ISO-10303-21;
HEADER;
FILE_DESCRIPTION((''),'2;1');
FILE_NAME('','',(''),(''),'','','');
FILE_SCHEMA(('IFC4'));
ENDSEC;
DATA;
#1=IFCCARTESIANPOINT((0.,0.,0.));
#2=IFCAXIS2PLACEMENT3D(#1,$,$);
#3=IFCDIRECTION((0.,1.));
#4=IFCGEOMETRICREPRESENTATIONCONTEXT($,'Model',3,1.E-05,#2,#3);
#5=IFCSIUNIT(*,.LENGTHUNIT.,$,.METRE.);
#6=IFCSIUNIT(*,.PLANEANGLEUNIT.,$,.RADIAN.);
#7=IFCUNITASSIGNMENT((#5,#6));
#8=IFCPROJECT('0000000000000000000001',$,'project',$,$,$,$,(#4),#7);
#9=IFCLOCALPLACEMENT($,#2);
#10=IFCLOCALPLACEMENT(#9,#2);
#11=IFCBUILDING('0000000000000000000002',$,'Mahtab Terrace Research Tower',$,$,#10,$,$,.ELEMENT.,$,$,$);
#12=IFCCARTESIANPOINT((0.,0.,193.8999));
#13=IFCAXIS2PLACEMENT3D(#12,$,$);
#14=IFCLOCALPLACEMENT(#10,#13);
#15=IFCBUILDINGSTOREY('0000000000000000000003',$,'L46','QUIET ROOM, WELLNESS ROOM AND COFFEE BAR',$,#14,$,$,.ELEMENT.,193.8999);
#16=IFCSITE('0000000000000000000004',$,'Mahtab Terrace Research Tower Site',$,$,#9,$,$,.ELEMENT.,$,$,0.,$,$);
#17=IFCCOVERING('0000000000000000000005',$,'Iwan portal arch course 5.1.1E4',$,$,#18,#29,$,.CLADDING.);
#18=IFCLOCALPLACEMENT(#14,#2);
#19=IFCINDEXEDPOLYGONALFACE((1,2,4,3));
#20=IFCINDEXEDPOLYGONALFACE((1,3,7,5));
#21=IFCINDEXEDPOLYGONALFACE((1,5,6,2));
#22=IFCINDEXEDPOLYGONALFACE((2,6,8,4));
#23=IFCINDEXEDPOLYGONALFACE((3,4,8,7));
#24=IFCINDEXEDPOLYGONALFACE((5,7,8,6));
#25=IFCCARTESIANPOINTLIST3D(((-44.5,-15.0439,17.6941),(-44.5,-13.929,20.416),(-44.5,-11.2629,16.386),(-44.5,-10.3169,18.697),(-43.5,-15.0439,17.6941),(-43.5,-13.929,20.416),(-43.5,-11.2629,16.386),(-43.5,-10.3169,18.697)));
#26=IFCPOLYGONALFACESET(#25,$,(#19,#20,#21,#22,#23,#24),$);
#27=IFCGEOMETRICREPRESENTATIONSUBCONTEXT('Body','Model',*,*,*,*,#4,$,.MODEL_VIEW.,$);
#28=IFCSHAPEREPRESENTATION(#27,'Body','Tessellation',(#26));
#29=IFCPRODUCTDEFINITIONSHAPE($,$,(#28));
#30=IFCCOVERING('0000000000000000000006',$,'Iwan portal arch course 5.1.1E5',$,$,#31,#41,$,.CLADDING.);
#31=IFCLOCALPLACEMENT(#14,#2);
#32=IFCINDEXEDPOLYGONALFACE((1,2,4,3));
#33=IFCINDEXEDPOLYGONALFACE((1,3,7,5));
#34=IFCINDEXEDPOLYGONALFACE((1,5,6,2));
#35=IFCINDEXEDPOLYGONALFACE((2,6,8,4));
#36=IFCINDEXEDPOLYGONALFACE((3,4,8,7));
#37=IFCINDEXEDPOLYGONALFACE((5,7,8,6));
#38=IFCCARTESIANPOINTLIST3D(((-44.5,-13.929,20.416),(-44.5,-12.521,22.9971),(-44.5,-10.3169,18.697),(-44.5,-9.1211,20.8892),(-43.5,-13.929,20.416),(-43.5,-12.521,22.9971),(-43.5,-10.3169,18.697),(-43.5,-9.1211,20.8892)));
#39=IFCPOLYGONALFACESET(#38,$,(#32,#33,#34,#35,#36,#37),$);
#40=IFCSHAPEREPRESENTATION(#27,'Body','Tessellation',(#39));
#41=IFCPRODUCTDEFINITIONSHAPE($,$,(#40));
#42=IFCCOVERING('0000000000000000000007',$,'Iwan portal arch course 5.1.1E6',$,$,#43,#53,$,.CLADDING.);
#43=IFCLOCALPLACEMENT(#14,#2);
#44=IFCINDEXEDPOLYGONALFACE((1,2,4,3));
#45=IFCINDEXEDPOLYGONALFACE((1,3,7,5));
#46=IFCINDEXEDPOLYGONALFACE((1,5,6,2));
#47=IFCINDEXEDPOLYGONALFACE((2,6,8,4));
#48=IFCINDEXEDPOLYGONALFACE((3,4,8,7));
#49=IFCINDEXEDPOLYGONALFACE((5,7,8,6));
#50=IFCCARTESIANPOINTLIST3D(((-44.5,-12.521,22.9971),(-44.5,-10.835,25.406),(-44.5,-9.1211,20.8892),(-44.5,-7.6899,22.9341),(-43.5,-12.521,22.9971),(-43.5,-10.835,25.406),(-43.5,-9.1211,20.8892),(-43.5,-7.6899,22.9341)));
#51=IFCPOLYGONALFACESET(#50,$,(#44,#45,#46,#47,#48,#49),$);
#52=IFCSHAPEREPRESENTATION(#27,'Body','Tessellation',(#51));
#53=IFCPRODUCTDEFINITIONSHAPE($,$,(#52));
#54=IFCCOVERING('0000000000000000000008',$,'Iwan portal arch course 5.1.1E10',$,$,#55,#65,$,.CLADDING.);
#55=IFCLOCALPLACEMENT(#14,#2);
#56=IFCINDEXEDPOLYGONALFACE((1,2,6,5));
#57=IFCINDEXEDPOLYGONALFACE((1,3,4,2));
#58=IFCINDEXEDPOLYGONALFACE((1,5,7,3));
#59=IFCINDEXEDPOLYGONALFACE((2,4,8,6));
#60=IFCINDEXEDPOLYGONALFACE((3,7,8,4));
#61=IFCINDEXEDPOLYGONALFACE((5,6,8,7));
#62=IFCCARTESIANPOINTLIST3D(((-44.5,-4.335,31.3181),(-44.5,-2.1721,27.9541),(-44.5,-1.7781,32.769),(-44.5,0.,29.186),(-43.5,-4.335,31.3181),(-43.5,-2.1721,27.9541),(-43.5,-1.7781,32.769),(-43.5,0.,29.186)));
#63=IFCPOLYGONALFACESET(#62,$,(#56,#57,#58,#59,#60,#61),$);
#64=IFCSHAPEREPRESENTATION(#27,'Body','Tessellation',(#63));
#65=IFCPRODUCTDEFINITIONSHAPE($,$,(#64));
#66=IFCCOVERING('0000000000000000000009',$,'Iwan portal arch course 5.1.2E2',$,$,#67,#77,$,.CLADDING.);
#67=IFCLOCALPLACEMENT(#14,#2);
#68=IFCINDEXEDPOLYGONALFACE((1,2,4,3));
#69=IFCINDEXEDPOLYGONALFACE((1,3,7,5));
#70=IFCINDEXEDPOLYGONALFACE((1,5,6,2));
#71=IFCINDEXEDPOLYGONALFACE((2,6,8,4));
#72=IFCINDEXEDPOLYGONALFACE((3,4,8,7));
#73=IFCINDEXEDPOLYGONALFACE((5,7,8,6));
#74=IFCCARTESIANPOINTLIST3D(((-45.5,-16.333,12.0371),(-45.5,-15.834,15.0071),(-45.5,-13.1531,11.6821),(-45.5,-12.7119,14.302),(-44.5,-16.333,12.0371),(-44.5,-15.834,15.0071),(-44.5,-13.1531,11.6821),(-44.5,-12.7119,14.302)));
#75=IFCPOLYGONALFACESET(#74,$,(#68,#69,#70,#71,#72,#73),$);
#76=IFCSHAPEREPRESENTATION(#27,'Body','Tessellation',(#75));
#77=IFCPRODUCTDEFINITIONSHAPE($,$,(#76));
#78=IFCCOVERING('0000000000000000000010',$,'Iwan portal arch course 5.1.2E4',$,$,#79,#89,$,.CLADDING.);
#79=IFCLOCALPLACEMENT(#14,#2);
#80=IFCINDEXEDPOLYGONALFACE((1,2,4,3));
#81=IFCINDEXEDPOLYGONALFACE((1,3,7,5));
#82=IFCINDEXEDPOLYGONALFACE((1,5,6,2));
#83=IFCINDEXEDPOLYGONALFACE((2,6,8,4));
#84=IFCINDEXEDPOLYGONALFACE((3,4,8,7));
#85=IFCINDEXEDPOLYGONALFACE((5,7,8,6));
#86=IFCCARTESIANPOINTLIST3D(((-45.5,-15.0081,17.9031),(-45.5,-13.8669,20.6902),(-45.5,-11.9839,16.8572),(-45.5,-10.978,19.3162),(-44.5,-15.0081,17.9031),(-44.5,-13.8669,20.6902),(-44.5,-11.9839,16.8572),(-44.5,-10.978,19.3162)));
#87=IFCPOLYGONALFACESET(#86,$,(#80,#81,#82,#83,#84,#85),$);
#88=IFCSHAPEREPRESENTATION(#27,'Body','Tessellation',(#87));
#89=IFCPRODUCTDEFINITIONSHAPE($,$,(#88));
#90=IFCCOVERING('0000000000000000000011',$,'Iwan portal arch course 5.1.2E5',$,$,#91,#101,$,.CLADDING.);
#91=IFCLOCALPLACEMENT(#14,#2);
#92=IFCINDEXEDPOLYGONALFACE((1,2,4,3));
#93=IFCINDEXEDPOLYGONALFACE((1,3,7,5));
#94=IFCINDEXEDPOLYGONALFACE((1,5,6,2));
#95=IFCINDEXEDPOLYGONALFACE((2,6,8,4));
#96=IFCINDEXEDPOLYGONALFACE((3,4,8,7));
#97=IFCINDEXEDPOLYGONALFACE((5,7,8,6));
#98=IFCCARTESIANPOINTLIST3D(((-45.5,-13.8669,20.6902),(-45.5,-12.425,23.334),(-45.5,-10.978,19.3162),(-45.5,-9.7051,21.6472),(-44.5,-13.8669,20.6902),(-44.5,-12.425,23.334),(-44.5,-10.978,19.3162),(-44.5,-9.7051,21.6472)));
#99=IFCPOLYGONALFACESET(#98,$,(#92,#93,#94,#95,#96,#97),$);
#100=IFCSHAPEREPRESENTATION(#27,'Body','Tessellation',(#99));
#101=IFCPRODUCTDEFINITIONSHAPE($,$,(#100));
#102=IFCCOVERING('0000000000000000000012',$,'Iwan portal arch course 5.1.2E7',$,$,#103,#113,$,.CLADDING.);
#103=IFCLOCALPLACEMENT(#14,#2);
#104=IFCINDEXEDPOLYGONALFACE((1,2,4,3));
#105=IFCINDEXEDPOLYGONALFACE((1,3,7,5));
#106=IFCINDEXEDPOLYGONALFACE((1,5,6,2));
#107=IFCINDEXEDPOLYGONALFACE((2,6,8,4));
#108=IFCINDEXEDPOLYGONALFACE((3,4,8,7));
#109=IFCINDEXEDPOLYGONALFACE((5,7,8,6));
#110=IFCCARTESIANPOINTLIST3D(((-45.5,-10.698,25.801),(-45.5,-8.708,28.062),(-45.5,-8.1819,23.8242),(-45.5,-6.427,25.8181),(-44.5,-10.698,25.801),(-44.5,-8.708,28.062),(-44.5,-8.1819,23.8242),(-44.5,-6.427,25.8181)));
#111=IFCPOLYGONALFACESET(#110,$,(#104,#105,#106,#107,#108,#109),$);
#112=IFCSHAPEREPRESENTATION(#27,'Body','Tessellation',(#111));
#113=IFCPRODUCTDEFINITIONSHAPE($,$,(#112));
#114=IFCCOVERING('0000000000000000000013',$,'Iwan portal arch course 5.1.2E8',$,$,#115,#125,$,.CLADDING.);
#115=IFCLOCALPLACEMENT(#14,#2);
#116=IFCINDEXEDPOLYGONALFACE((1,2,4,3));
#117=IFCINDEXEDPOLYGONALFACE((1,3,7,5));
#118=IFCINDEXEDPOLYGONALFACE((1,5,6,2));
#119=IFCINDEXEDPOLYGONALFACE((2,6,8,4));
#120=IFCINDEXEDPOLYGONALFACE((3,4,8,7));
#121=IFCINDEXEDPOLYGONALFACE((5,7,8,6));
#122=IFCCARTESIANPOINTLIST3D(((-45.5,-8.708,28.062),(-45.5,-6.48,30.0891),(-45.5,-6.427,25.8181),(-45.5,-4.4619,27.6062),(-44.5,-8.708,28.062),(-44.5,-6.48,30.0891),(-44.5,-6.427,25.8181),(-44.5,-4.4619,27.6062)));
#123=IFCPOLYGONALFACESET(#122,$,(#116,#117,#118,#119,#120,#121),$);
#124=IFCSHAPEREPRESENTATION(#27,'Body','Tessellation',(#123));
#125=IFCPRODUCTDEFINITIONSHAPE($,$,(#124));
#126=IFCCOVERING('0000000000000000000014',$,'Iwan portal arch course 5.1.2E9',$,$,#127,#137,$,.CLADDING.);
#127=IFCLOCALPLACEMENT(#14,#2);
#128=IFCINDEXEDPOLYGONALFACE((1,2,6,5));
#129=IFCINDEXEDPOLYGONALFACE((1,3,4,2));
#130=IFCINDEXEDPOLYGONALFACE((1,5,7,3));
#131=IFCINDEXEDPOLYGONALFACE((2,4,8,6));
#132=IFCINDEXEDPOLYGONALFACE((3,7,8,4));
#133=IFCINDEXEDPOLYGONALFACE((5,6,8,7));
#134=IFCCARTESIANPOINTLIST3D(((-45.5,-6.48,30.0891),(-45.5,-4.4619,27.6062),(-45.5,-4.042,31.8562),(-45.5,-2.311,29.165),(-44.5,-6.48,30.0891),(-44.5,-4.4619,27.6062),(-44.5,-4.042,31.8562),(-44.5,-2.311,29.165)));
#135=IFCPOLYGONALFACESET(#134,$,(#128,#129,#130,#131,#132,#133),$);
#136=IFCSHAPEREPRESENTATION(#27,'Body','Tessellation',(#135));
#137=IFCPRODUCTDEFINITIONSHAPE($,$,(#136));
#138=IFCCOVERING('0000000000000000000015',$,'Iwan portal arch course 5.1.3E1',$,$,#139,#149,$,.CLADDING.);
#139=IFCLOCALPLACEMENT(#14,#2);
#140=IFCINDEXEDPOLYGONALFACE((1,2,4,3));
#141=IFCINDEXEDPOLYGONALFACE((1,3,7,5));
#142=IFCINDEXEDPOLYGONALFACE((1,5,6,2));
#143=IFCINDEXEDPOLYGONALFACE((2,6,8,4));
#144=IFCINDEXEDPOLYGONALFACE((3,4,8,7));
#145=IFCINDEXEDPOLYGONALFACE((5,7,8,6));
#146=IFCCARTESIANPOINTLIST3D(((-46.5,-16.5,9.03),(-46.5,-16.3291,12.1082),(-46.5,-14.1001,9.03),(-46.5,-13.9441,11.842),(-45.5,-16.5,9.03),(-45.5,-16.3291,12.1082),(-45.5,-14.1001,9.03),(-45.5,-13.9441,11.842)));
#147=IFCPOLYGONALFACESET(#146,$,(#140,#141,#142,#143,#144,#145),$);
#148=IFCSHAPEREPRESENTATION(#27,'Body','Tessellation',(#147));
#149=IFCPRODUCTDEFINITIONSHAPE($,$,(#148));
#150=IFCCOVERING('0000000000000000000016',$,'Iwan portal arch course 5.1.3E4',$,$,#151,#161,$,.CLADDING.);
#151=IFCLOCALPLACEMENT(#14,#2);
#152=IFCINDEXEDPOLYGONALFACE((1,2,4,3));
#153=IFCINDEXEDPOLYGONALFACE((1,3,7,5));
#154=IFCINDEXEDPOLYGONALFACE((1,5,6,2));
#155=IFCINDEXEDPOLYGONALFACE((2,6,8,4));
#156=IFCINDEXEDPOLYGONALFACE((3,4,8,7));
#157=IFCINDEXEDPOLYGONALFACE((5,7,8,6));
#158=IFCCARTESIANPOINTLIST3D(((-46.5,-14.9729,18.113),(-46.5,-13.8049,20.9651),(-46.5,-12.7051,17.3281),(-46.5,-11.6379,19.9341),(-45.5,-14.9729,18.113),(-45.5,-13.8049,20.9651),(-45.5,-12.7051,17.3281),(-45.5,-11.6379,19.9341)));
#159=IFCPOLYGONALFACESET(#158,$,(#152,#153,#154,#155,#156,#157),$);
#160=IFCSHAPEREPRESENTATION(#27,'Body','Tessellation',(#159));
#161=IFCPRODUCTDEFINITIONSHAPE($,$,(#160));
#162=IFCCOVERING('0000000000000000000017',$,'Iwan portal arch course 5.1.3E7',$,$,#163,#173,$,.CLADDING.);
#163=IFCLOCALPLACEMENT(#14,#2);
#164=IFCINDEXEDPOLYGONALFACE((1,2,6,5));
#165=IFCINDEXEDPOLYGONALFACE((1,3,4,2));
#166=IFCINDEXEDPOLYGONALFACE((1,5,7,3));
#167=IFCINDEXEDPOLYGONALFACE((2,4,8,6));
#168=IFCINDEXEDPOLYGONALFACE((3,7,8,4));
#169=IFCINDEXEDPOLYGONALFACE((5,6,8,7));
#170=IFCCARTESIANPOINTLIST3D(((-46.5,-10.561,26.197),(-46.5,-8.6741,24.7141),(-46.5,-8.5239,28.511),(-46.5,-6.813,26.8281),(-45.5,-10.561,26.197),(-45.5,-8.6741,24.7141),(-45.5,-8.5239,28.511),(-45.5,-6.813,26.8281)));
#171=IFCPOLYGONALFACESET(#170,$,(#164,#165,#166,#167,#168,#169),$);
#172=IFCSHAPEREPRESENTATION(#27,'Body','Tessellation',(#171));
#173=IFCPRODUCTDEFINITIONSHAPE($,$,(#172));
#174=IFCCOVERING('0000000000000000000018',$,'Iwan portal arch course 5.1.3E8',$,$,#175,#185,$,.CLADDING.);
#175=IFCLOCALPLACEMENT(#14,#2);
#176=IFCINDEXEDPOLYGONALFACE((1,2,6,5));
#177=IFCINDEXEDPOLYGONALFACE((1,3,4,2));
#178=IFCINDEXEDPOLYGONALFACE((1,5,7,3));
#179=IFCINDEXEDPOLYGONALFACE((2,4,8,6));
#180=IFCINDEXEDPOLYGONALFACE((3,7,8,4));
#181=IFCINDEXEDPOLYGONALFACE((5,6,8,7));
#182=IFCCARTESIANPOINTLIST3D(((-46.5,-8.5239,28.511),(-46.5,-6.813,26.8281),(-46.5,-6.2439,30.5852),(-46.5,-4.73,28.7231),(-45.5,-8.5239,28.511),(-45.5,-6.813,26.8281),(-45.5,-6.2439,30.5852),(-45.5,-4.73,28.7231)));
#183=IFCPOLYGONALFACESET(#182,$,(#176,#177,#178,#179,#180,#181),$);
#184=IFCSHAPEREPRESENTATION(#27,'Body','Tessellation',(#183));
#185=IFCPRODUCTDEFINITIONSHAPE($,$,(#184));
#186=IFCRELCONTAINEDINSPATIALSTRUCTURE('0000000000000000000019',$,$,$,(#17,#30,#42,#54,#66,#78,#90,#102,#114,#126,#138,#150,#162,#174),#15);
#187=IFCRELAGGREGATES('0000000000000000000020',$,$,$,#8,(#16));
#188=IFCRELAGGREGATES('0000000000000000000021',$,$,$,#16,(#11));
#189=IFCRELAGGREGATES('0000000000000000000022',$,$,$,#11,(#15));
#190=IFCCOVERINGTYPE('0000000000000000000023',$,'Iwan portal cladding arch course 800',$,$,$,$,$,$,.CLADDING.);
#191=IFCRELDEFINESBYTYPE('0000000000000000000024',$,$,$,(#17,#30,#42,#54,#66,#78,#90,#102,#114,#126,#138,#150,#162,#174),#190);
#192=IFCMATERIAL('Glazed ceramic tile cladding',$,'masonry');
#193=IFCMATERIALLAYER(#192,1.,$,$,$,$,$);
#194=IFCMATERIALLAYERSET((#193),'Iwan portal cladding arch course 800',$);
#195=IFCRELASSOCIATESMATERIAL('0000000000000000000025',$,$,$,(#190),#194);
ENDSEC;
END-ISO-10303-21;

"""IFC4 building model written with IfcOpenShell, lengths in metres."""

from ifc_helpers import new_model, si_unit, direction, frame, origin, place, context, subcontext, project, spatial, polyline, outline, extrude, material, layer, layer_set, type_object, element, save


model = new_model("IFC4")

# Units and contexts
model_context = context("Model", 3, precision=1e-05, world=origin(), true_north=direction((0.0, 1.0)))
body_context = subcontext(model_context, "Body", "Model", "MODEL_VIEW")
ifc_project = project(units=[si_unit("LENGTHUNIT", "METRE"), si_unit("PLANEANGLEUNIT", "RADIAN")], contexts=[model_context])

# Site, building, storey
site_placement = place(None, origin())
site = spatial("IfcSite", under=ifc_project, at=site_placement, Name="Mahtab Terrace Research Tower Site", CompositionType="ELEMENT", RefElevation=0.0)
building_placement = place(site_placement, origin())
building = spatial("IfcBuilding", under=site, at=building_placement, Name="Mahtab Terrace Research Tower", CompositionType="ELEMENT")
storey_placement = place(building_placement, frame((0.0, 0.0, 193.8999)))
storey = spatial("IfcBuildingStorey", under=building, at=storey_placement, Name="L46", Description="QUIET ROOM, WELLNESS ROOM AND COFFEE BAR", CompositionType="ELEMENT", Elevation=193.8999)

# Coverings
ifc_material_1 = material(Name="Glazed ceramic tile cladding", Category="masonry")
ifc_layer_1 = layer(ifc_material_1, 1.0)
ifc_layer_set_1 = layer_set([ifc_layer_1], Name="Iwan portal cladding arch course 800")
covering_type_1 = type_object("IfcCoveringType", Name="Iwan portal cladding arch course 800", PredefinedType="CLADDING", material=ifc_layer_set_1)
covering_1_placement = place(storey_placement, frame((-43.5, -11.2629, 16.386), z_axis=(1.0, 0.0, 0.0), x_axis=(0.0, 0.378846, 0.92546)))
element("IfcCovering", 1, at=covering_1_placement, inside=storey, type_object=covering_type_1, Name="Iwan portal arch course 5.1.1E4", PredefinedType="CLADDING", context=body_context, shape_type="SweptSolid", body=[
    extrude(outline(polyline([(0.0, 0.0), (2.4972, 0.0), (2.7196, 3.9941), (-0.2218, 3.9947), (0.0, 0.0)])), origin(), (0.0, 0.0, -1.0), 1.0),
])
covering_2_placement = place(storey_placement, frame((-43.5, -10.3169, 18.697), z_axis=(1.0, 0.0, 0.0), x_axis=(0.0, 0.47888, 0.877881)))
element("IfcCovering", 2, at=covering_2_placement, inside=storey, type_object=covering_type_1, Name="Iwan portal arch course 5.1.1E5", PredefinedType="CLADDING", context=body_context, shape_type="SweptSolid", body=[
    extrude(outline(polyline([(0.0, 0.0), (2.4971, 0.0), (2.7194, 3.9941), (-0.2207, 3.9941), (0.0, 0.0)])), origin(), (0.0, 0.0, -1.0), 1.0),
])
covering_3_placement = place(storey_placement, frame((-43.5, -9.1211, 20.8892), z_axis=(1.0, 0.0, 0.0), x_axis=(0.0, 0.573384, 0.819287)))
element("IfcCovering", 3, at=covering_3_placement, inside=storey, type_object=covering_type_1, Name="Iwan portal arch course 5.1.1E6", PredefinedType="CLADDING", context=body_context, shape_type="SweptSolid", body=[
    extrude(outline(polyline([(0.0, 0.0), (2.496, 0.0), (2.7179, 3.994), (-0.2225, 3.9941), (0.0, 0.0)])), origin(), (0.0, 0.0, -1.0), 1.0),
])
covering_4_placement = place(storey_placement, frame((-43.5, -2.1721, 27.9541), z_axis=(1.0, 0.0, 0.0), x_axis=(0.0, 0.869839, 0.493336)))
element("IfcCovering", 4, at=covering_4_placement, inside=storey, type_object=covering_type_1, Name="Iwan portal arch course 5.1.1E10", PredefinedType="CLADDING", context=body_context, shape_type="SweptSolid", body=[
    extrude(outline(polyline([(0.0, 0.0), (2.4972, 0.0), (2.7181, 3.9938), (-0.2217, 3.9932), (0.0, 0.0)])), origin(), (0.0, 0.0, -1.0), 1.0),
])
covering_5_placement = place(storey_placement, frame((-44.5, -13.1531, 11.6821), z_axis=(1.0, 0.0, 0.0), x_axis=(0.0, 0.166053, 0.986117)))
element("IfcCovering", 5, at=covering_5_placement, inside=storey, type_object=covering_type_1, Name="Iwan portal arch course 5.1.2E2", PredefinedType="CLADDING", context=body_context, shape_type="SweptSolid", body=[
    extrude(outline(polyline([(0.0, 0.0), (2.6568, 0.0), (2.8336, 3.1958), (-0.178, 3.1947), (0.0, 0.0)])), origin(), (0.0, 0.0, -1.0), 1.0),
])
covering_6_placement = place(storey_placement, frame((-44.5, -11.9839, 16.8572), z_axis=(1.0, 0.0, 0.0), x_axis=(0.0, 0.378604, 0.925559)))
element("IfcCovering", 6, at=covering_6_placement, inside=storey, type_object=covering_type_1, Name="Iwan portal arch course 5.1.2E4", PredefinedType="CLADDING", context=body_context, shape_type="SweptSolid", body=[
    extrude(outline(polyline([(0.0, 0.0), (2.6568, 0.0), (2.8347, 3.1941), (-0.1769, 3.195), (0.0, 0.0)])), origin(), (0.0, 0.0, -1.0), 1.0),
])
covering_7_placement = place(storey_placement, frame((-44.5, -10.978, 19.3162), z_axis=(1.0, 0.0, 0.0), x_axis=(0.0, 0.479277, 0.877664)))
element("IfcCovering", 7, at=covering_7_placement, inside=storey, type_object=covering_type_1, Name="Iwan portal arch course 5.1.2E5", PredefinedType="CLADDING", context=body_context, shape_type="SweptSolid", body=[
    extrude(outline(polyline([(0.0, 0.0), (2.656, 0.0), (2.8328, 3.1956), (-0.1787, 3.194), (0.0, 0.0)])), origin(), (0.0, 0.0, -1.0), 1.0),
])
covering_8_placement = place(storey_placement, frame((-44.5, -8.1819, 23.8242), z_axis=(1.0, 0.0, 0.0), x_axis=(0.0, 0.660682, 0.750666)))
element("IfcCovering", 8, at=covering_8_placement, inside=storey, type_object=covering_type_1, Name="Iwan portal arch course 5.1.2E7", PredefinedType="CLADDING", context=body_context, shape_type="SweptSolid", body=[
    extrude(outline(polyline([(0.0, 0.0), (2.6562, 0.0), (2.8336, 3.1948), (-0.1784, 3.1948), (0.0, 0.0)])), origin(), (0.0, 0.0, -1.0), 1.0),
])
covering_9_placement = place(storey_placement, frame((-44.5, -6.427, 25.8181), z_axis=(1.0, 0.0, 0.0), x_axis=(0.0, 0.739632, 0.673011)))
element("IfcCovering", 9, at=covering_9_placement, inside=storey, type_object=covering_type_1, Name="Iwan portal arch course 5.1.2E8", PredefinedType="CLADDING", context=body_context, shape_type="SweptSolid", body=[
    extrude(outline(polyline([(0.0, 0.0), (2.6568, 0.0), (2.8352, 3.1946), (-0.1769, 3.1948), (0.0, 0.0)])), origin(), (0.0, 0.0, -1.0), 1.0),
])
covering_10_placement = place(storey_placement, frame((-44.5, -4.4619, 27.6062), z_axis=(1.0, 0.0, 0.0), x_axis=(0.0, 0.809709, 0.586832)))
element("IfcCovering", 10, at=covering_10_placement, inside=storey, type_object=covering_type_1, Name="Iwan portal arch course 5.1.2E9", PredefinedType="CLADDING", context=body_context, shape_type="SweptSolid", body=[
    extrude(outline(polyline([(0.0, 0.0), (2.6564, 0.0), (2.8341, 3.1948), (-0.177, 3.1947), (0.0, 0.0)])), origin(), (0.0, 0.0, -1.0), 1.0),
])
covering_11_placement = place(storey_placement, frame((-45.5, -14.1001, 9.03), z_axis=(1.0, 0.0, 0.0), x_axis=(0.0, 0.055393, 0.998465)))
element("IfcCovering", 11, at=covering_11_placement, inside=storey, type_object=covering_type_1, Name="Iwan portal arch course 5.1.3E1", PredefinedType="CLADDING", context=body_context, shape_type="SweptSolid", body=[
    extrude(outline(polyline([(0.0, 0.0), (2.8163, 0.0), (2.9499, 2.3961), (-0.1329, 2.3962), (0.0, 0.0)])), origin(), (0.0, 0.0, -1.0), 1.0),
])
covering_12_placement = place(storey_placement, frame((-45.5, -12.7051, 17.3281), z_axis=(1.0, 0.0, 0.0), x_axis=(0.0, 0.378957, 0.925414)))
element("IfcCovering", 12, at=covering_12_placement, inside=storey, type_object=covering_type_1, Name="Iwan portal arch course 5.1.3E4", PredefinedType="CLADDING", context=body_context, shape_type="SweptSolid", body=[
    extrude(outline(polyline([(0.0, 0.0), (2.816, 0.0), (2.9489, 2.3961), (-0.133, 2.3961), (0.0, 0.0)])), origin(), (0.0, 0.0, -1.0), 1.0),
])
covering_13_placement = place(storey_placement, frame((-45.5, -8.6741, 24.7141), z_axis=(1.0, 0.0, 0.0), x_axis=(0.0, 0.660778, 0.750581)))
element("IfcCovering", 13, at=covering_13_placement, inside=storey, type_object=covering_type_1, Name="Iwan portal arch course 5.1.3E7", PredefinedType="CLADDING", context=body_context, shape_type="SweptSolid", body=[
    extrude(outline(polyline([(0.0, 0.0), (2.8165, 0.0), (2.9491, 2.3962), (-0.1338, 2.3962), (0.0, 0.0)])), origin(), (0.0, 0.0, -1.0), 1.0),
])
covering_14_placement = place(storey_placement, frame((-45.5, -6.813, 26.8281), z_axis=(1.0, 0.0, 0.0), x_axis=(0.0, 0.739697, 0.67294)))
element("IfcCovering", 14, at=covering_14_placement, inside=storey, type_object=covering_type_1, Name="Iwan portal arch course 5.1.3E8", PredefinedType="CLADDING", context=body_context, shape_type="SweptSolid", body=[
    extrude(outline(polyline([(0.0, 0.0), (2.816, 0.0), (2.9492, 2.3961), (-0.1331, 2.3962), (0.0, 0.0)])), origin(), (0.0, 0.0, -1.0), 1.0),
])

save(model, "model.ifc")
